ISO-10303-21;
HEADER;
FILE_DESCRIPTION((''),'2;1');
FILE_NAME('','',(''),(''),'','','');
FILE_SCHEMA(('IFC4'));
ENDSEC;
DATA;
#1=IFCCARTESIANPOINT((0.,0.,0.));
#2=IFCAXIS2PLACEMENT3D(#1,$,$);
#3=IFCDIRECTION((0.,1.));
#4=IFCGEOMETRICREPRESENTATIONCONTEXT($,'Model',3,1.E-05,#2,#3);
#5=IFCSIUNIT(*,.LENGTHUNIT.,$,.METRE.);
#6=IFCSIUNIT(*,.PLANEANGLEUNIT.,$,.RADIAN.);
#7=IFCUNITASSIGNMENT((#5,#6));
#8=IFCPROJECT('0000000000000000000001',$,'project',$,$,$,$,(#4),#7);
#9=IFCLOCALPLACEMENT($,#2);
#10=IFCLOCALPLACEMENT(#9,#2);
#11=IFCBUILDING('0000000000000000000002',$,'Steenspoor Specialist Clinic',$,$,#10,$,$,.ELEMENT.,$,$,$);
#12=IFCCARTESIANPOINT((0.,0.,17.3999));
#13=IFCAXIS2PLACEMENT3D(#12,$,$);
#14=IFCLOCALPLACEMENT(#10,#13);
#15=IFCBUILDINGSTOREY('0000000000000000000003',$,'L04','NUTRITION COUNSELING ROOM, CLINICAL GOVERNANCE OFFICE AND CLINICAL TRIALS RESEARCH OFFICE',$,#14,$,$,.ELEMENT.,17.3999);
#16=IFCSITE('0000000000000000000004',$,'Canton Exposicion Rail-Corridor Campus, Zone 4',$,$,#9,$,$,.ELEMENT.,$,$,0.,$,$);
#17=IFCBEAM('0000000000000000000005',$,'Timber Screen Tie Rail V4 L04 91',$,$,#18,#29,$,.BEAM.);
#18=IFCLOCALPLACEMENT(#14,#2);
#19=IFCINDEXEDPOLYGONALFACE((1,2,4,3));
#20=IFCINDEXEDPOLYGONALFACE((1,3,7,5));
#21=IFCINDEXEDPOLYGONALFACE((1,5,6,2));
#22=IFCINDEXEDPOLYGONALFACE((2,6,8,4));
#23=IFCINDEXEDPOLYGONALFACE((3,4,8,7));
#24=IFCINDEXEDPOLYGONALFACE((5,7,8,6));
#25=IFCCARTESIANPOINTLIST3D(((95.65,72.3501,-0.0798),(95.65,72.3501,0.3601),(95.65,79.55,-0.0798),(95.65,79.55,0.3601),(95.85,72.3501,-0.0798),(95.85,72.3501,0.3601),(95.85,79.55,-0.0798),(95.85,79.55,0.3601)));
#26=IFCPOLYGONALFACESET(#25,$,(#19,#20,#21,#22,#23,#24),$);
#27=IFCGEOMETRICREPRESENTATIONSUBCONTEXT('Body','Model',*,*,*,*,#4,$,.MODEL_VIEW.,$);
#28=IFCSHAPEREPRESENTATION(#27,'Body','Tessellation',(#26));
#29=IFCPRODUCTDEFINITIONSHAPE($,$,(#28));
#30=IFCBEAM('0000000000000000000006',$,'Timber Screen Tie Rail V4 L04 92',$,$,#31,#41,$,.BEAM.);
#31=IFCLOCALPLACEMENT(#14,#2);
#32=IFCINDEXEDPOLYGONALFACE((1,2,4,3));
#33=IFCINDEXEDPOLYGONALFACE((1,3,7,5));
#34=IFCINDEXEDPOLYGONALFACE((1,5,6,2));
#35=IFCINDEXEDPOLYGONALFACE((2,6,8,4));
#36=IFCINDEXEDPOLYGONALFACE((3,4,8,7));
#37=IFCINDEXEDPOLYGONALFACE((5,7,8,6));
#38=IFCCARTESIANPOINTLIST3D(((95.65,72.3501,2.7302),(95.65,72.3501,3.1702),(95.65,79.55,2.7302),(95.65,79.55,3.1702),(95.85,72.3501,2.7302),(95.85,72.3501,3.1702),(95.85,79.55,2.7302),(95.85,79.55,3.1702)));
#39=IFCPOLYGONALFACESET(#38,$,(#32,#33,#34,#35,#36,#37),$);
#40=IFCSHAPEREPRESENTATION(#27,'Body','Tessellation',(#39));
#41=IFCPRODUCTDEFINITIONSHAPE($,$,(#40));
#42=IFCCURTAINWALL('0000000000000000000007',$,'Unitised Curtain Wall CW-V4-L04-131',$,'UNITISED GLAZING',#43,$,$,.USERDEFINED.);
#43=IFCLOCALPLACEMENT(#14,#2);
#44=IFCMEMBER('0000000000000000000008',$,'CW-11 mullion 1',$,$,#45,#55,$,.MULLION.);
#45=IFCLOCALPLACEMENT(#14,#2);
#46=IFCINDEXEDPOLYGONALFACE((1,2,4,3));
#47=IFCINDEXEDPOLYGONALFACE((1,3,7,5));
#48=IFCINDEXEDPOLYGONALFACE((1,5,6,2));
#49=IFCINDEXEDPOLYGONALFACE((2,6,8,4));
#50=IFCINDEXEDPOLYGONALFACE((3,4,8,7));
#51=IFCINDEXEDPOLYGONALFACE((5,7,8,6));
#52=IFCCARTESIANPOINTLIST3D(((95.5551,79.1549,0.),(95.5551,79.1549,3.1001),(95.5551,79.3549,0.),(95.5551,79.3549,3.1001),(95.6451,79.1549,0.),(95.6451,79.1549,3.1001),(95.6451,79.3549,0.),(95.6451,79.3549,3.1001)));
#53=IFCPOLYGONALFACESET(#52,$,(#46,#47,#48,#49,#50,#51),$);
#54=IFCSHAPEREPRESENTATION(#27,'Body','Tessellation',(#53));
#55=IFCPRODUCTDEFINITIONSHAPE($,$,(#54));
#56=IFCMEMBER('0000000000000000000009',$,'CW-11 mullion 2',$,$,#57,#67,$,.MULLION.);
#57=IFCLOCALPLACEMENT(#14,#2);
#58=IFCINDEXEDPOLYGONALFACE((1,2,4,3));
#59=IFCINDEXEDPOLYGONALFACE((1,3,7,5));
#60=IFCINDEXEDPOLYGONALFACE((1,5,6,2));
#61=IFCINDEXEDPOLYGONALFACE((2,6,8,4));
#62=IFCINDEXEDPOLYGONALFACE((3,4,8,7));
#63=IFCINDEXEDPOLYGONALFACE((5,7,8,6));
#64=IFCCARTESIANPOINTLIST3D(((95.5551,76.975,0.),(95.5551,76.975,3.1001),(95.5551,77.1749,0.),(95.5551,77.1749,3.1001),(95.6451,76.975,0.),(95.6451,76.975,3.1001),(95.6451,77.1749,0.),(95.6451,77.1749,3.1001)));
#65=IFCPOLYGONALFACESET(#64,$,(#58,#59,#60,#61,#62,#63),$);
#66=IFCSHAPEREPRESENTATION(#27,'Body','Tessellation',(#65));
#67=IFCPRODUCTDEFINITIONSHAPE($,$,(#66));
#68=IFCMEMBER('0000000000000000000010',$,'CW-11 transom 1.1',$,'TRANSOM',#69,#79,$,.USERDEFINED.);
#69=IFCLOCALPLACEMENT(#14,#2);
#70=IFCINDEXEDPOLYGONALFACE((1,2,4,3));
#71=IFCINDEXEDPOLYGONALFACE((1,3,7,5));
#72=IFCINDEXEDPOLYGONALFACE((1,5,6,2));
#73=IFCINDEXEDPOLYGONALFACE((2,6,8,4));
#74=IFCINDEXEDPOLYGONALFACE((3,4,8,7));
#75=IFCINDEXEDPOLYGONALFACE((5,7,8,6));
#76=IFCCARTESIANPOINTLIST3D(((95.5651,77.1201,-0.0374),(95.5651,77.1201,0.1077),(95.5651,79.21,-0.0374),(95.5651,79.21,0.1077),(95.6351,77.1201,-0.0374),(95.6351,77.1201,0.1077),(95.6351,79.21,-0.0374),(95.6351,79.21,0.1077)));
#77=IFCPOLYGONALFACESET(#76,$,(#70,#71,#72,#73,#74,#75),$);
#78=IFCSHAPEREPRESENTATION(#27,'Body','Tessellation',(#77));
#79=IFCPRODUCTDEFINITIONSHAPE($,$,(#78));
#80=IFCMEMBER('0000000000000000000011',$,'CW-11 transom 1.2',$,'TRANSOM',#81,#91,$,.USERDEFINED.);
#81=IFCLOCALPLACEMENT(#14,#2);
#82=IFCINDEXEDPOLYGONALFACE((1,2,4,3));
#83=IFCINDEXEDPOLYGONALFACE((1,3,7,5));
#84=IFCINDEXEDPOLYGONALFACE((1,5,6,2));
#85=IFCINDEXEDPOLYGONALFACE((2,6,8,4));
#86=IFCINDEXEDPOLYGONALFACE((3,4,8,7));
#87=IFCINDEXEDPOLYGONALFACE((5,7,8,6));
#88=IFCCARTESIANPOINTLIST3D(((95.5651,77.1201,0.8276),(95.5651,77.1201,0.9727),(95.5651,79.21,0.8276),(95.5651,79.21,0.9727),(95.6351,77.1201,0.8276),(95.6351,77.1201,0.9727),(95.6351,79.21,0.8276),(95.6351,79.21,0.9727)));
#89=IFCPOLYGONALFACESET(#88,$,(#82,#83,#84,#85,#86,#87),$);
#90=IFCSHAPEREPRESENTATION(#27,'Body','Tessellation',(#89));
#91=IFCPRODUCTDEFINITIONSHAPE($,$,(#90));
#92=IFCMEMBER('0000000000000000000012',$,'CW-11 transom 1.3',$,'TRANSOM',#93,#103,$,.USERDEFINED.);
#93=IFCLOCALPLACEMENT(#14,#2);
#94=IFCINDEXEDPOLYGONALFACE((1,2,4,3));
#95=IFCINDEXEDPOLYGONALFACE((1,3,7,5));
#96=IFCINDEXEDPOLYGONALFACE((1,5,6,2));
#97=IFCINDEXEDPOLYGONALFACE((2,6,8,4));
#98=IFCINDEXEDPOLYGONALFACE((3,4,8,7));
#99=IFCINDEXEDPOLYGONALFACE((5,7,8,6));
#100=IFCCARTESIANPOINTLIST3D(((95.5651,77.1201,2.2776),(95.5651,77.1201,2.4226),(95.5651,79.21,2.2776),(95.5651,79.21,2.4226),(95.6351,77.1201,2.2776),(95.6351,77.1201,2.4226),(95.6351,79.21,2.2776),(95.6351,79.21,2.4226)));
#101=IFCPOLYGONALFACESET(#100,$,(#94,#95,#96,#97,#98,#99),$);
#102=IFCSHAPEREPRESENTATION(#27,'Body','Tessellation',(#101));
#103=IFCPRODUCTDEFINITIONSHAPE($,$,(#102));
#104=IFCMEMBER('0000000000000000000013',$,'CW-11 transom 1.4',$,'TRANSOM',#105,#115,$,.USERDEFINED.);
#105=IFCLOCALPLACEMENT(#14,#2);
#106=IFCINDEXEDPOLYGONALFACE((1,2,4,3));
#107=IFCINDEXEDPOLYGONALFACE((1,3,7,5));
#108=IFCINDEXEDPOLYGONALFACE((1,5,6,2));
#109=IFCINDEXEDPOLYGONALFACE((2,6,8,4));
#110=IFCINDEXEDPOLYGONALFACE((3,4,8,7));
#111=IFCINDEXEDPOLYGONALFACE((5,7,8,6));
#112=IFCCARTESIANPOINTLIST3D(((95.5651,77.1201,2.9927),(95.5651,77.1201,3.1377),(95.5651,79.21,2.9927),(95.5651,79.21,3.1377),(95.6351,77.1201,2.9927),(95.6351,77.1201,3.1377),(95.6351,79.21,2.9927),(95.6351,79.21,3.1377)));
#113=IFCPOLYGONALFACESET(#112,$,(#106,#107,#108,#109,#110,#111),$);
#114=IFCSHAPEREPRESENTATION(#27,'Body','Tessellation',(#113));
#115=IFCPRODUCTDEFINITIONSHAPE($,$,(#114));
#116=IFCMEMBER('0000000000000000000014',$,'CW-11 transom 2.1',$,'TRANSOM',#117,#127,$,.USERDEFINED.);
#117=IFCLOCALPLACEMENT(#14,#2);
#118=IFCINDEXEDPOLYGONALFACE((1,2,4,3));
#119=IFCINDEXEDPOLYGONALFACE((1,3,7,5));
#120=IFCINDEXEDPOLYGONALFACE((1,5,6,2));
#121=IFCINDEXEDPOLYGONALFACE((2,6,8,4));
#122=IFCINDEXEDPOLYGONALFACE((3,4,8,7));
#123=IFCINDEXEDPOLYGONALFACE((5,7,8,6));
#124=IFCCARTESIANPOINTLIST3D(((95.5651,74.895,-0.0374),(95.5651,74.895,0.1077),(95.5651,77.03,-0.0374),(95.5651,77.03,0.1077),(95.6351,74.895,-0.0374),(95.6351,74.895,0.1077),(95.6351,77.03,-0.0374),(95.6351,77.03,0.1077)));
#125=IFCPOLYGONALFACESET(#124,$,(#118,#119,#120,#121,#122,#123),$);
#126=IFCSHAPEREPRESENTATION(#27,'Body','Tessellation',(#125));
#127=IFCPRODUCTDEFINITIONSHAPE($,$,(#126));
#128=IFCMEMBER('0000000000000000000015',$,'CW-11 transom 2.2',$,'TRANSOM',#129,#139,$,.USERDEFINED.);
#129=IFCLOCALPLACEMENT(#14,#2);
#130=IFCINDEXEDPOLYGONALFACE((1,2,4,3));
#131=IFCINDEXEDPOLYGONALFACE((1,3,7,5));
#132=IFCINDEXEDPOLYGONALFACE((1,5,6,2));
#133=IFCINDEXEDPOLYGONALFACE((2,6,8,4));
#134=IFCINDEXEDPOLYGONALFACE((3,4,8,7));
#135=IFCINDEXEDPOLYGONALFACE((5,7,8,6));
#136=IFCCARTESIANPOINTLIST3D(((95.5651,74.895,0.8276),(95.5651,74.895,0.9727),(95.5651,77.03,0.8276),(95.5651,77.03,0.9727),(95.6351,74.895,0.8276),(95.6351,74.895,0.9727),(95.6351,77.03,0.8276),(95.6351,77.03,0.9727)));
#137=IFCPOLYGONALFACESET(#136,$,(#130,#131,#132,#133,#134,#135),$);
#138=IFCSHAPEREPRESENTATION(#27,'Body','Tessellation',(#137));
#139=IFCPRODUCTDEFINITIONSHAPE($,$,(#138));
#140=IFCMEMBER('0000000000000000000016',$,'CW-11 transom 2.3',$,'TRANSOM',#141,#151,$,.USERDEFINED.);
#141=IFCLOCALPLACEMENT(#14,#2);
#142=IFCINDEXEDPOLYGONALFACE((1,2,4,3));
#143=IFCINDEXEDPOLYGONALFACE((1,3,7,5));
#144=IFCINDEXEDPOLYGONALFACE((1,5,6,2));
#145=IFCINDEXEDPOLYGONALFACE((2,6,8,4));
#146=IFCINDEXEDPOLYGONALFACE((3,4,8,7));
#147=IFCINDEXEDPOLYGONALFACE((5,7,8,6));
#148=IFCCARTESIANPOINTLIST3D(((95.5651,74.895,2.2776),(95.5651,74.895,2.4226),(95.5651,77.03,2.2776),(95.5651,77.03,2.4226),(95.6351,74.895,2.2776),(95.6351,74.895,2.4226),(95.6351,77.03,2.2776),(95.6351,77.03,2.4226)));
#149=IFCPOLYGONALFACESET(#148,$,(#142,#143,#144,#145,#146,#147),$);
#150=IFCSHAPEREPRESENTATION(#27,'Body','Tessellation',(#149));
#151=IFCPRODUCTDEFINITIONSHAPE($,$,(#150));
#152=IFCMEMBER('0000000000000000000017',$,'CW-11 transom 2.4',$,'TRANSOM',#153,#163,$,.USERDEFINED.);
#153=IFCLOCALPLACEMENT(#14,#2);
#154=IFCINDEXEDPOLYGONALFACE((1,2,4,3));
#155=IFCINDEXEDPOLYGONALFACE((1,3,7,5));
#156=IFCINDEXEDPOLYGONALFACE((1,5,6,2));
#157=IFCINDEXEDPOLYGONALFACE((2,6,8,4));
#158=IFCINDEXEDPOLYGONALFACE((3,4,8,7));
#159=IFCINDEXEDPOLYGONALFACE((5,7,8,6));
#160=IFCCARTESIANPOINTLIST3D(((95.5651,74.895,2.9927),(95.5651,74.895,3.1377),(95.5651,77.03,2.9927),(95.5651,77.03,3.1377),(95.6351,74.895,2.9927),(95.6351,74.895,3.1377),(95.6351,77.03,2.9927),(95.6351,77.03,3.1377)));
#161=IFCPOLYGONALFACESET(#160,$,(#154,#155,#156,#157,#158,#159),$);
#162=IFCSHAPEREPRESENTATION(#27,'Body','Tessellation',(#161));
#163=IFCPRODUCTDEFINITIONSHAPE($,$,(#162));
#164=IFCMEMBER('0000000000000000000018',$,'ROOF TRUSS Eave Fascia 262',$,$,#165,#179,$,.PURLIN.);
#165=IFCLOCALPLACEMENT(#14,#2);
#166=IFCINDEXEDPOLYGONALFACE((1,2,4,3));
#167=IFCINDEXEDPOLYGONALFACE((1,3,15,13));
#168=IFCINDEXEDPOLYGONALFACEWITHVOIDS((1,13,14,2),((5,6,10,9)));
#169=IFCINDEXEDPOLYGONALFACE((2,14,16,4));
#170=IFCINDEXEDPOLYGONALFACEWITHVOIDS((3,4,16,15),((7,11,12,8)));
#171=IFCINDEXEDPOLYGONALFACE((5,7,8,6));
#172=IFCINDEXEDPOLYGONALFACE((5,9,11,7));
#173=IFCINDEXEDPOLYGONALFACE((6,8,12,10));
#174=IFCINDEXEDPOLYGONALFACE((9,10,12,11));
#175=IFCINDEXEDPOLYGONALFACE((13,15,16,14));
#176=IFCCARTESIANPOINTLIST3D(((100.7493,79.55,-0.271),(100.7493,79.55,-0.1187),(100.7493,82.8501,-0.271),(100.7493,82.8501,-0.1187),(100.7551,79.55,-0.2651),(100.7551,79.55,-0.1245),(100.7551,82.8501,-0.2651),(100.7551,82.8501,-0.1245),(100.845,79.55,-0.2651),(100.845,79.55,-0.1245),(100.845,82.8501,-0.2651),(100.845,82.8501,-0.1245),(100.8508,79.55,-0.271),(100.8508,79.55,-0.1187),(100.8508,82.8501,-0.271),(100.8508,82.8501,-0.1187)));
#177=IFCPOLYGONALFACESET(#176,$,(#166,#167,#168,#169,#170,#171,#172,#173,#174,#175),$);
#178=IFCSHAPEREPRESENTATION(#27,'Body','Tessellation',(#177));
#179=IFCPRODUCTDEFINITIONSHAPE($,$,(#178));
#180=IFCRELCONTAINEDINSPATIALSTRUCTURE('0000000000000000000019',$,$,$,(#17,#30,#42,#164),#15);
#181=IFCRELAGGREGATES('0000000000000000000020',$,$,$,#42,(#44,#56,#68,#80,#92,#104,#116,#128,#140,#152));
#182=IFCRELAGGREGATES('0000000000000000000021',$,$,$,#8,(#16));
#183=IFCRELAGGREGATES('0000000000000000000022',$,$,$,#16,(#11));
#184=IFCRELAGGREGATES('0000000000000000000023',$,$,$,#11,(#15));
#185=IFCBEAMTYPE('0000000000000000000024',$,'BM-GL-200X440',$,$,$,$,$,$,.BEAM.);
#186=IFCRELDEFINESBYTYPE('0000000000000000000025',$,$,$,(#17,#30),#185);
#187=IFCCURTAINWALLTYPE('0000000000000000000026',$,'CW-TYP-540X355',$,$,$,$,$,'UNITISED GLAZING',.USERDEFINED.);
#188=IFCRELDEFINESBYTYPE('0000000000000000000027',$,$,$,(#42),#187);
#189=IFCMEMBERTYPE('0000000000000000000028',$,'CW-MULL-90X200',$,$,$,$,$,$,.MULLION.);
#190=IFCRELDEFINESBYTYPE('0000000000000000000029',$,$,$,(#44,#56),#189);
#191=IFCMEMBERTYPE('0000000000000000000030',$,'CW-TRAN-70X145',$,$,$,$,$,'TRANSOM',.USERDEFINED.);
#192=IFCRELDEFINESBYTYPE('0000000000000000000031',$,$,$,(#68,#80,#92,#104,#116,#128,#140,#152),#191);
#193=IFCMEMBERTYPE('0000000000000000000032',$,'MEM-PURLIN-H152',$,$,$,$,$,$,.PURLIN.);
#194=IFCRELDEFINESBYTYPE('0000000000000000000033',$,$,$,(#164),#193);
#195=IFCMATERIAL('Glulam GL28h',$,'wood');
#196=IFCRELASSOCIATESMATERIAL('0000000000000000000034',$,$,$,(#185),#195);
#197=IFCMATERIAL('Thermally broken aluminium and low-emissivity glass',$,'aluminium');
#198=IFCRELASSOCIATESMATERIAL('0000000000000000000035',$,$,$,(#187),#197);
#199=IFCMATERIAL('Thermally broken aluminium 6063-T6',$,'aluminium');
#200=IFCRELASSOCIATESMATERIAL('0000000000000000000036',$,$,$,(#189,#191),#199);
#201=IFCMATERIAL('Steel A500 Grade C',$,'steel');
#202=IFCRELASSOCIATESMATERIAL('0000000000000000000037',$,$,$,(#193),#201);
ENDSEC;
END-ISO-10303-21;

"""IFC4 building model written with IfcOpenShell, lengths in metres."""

from ifc_helpers import new_model, si_unit, direction, frame, origin, origin_2d, place, context, subcontext, project, spatial, rectangle, hollow_rectangle, extrude, material, material_profile, profile_set, type_object, element, aggregate, save


model = new_model("IFC4")

# Units and contexts
model_context = context("Model", 3, precision=1e-05, world=origin(), true_north=direction((0.0, 1.0)))
body_context = subcontext(model_context, "Body", "Model", "MODEL_VIEW")
ifc_project = project(units=[si_unit("LENGTHUNIT", "METRE"), si_unit("PLANEANGLEUNIT", "RADIAN")], contexts=[model_context])

# Site, building, storey
site_placement = place(None, origin())
site = spatial("IfcSite", under=ifc_project, at=site_placement, Name="Canton Exposicion Rail-Corridor Campus, Zone 4", CompositionType="ELEMENT", RefElevation=0.0)
building_placement = place(site_placement, origin())
building = spatial("IfcBuilding", under=site, at=building_placement, Name="Steenspoor Specialist Clinic", CompositionType="ELEMENT")
storey_placement = place(building_placement, frame((0.0, 0.0, 17.3999)))
storey = spatial("IfcBuildingStorey", under=building, at=storey_placement, Name="L04", Description="NUTRITION COUNSELING ROOM, CLINICAL GOVERNANCE OFFICE AND CLINICAL TRIALS RESEARCH OFFICE", CompositionType="ELEMENT", Elevation=17.3999)

# Beams
ifc_material_1 = material(Name="Glulam GL28h", Category="wood")
ifc_material_profile_1 = material_profile(ifc_material_1, rectangle(XDim=0.2, YDim=0.4399, at=origin_2d()), Name="GL28H-200X440")
ifc_profile_set_1 = profile_set([ifc_material_profile_1], Name="Glulam GL28h")
beam_type = type_object("IfcBeamType", Name="BM-GL-200X440", PredefinedType="BEAM", material=ifc_profile_set_1)
for number, where, z_axis, x_axis, name in (
    (1, (95.75, 79.55, 0.1401), (0.0, -1.0, 0.0), (1.0, 0.0, 0.0), "Timber Screen Tie Rail V4 L04 91"),
    (2, (95.75, 79.55, 2.9502), (0.0, -1.0, 0.0), (1.0, 0.0, 0.0), "Timber Screen Tie Rail V4 L04 92"),
):
    element("IfcBeam", number, at=place(storey_placement, frame(where, z_axis=z_axis, x_axis=x_axis)), inside=storey, type_object=beam_type, Name=name, PredefinedType="BEAM", context=body_context, shape_type="SweptSolid", body=[
        extrude(rectangle(XDim=0.2, YDim=0.4399, at=origin_2d()), origin(), (0.0, 0.0, 1.0), 7.2),
    ])

# Curtain wall, members
ifc_material_2 = material(Name="Thermally broken aluminium and low-emissivity glass", Category="aluminium")
curtain_wall_type = type_object("IfcCurtainWallType", Name="CW-TYP-540X355", ElementType="UNITISED GLAZING", PredefinedType="USERDEFINED", material=ifc_material_2)
curtain_wall_placement = place(storey_placement, origin())
curtain_wall = element("IfcCurtainWall", 3, at=curtain_wall_placement, inside=storey, type_object=curtain_wall_type, Name="Unitised Curtain Wall CW-V4-L04-131", ObjectType="UNITISED GLAZING", PredefinedType="USERDEFINED")
ifc_material_3 = material(Name="Thermally broken aluminium 6063-T6", Category="aluminium")
ifc_material_profile_2 = material_profile(ifc_material_3, rectangle(XDim=0.0901, YDim=0.2, at=origin_2d()), Name="CWM-90X200")
ifc_profile_set_2 = profile_set([ifc_material_profile_2], Name="Thermally broken aluminium 6063-T6")
member_type_1 = type_object("IfcMemberType", Name="CW-MULL-90X200", PredefinedType="MULLION", material=ifc_profile_set_2)
member_1_placement = place(storey_placement, frame((95.6001, 79.2549, 0.0), z_axis=(0.0, 0.0, 1.0), x_axis=(1.0, 0.0, 0.0)))
member_1 = element("IfcMember", 4, at=member_1_placement, type_object=member_type_1, Name="CW-11 mullion 1", PredefinedType="MULLION", context=body_context, shape_type="SweptSolid", body=[
    extrude(rectangle(XDim=0.0901, YDim=0.2, at=origin_2d()), origin(), (0.0, 0.0, 1.0), 3.1001),
])
member_2_placement = place(storey_placement, frame((95.6001, 77.075, 0.0), z_axis=(0.0, 0.0, 1.0), x_axis=(1.0, 0.0, 0.0)))
member_2 = element("IfcMember", 5, at=member_2_placement, type_object=member_type_1, Name="CW-11 mullion 2", PredefinedType="MULLION", context=body_context, shape_type="SweptSolid", body=[
    extrude(rectangle(XDim=0.0901, YDim=0.2, at=origin_2d()), origin(), (0.0, 0.0, 1.0), 3.1001),
])
ifc_material_profile_3 = material_profile(ifc_material_3, rectangle(XDim=0.0701, YDim=0.145, at=origin_2d()), Name="CWT-70X145")
ifc_profile_set_3 = profile_set([ifc_material_profile_3], Name="Thermally broken aluminium 6063-T6")
member_type_2 = type_object("IfcMemberType", Name="CW-TRAN-70X145", ElementType="TRANSOM", PredefinedType="USERDEFINED", material=ifc_profile_set_3)
member_3_placement = place(storey_placement, frame((95.6001, 79.21, 0.0352), z_axis=(0.0, -1.0, 0.0), x_axis=(1.0, 0.0, 0.0)))
member_3 = element("IfcMember", 6, at=member_3_placement, type_object=member_type_2, Name="CW-11 transom 1.1", ObjectType="TRANSOM", PredefinedType="USERDEFINED", context=body_context, shape_type="SweptSolid", body=[
    extrude(rectangle(XDim=0.0701, YDim=0.145, at=origin_2d()), origin(), (0.0, 0.0, 1.0), 2.0898),
])
member_4_placement = place(storey_placement, frame((95.6001, 79.21, 0.9001), z_axis=(0.0, -1.0, 0.0), x_axis=(1.0, 0.0, 0.0)))
member_4 = element("IfcMember", 7, at=member_4_placement, type_object=member_type_2, Name="CW-11 transom 1.2", ObjectType="TRANSOM", PredefinedType="USERDEFINED", context=body_context, shape_type="SweptSolid", body=[
    extrude(rectangle(XDim=0.0701, YDim=0.145, at=origin_2d()), origin(), (0.0, 0.0, 1.0), 2.0898),
])
member_5_placement = place(storey_placement, frame((95.6001, 79.21, 2.3501), z_axis=(0.0, -1.0, 0.0), x_axis=(1.0, 0.0, 0.0)))
member_5 = element("IfcMember", 8, at=member_5_placement, type_object=member_type_2, Name="CW-11 transom 1.3", ObjectType="TRANSOM", PredefinedType="USERDEFINED", context=body_context, shape_type="SweptSolid", body=[
    extrude(rectangle(XDim=0.0701, YDim=0.145, at=origin_2d()), origin(), (0.0, 0.0, 1.0), 2.0898),
])
member_6_placement = place(storey_placement, frame((95.6001, 79.21, 3.0652), z_axis=(0.0, -1.0, 0.0), x_axis=(1.0, 0.0, 0.0)))
member_6 = element("IfcMember", 9, at=member_6_placement, type_object=member_type_2, Name="CW-11 transom 1.4", ObjectType="TRANSOM", PredefinedType="USERDEFINED", context=body_context, shape_type="SweptSolid", body=[
    extrude(rectangle(XDim=0.0701, YDim=0.145, at=origin_2d()), origin(), (0.0, 0.0, 1.0), 2.0898),
])
member_7_placement = place(storey_placement, frame((95.6001, 77.03, 0.0352), z_axis=(0.0, -1.0, 0.0), x_axis=(1.0, 0.0, 0.0)))
member_7 = element("IfcMember", 10, at=member_7_placement, type_object=member_type_2, Name="CW-11 transom 2.1", ObjectType="TRANSOM", PredefinedType="USERDEFINED", context=body_context, shape_type="SweptSolid", body=[
    extrude(rectangle(XDim=0.0701, YDim=0.145, at=origin_2d()), origin(), (0.0, 0.0, 1.0), 2.135),
])
member_8_placement = place(storey_placement, frame((95.6001, 77.03, 0.9001), z_axis=(0.0, -1.0, 0.0), x_axis=(1.0, 0.0, 0.0)))
member_8 = element("IfcMember", 11, at=member_8_placement, type_object=member_type_2, Name="CW-11 transom 2.2", ObjectType="TRANSOM", PredefinedType="USERDEFINED", context=body_context, shape_type="SweptSolid", body=[
    extrude(rectangle(XDim=0.0701, YDim=0.145, at=origin_2d()), origin(), (0.0, 0.0, 1.0), 2.135),
])
member_9_placement = place(storey_placement, frame((95.6001, 77.03, 2.3501), z_axis=(0.0, -1.0, 0.0), x_axis=(1.0, 0.0, 0.0)))
member_9 = element("IfcMember", 12, at=member_9_placement, type_object=member_type_2, Name="CW-11 transom 2.3", ObjectType="TRANSOM", PredefinedType="USERDEFINED", context=body_context, shape_type="SweptSolid", body=[
    extrude(rectangle(XDim=0.0701, YDim=0.145, at=origin_2d()), origin(), (0.0, 0.0, 1.0), 2.135),
])
member_10_placement = place(storey_placement, frame((95.6001, 77.03, 3.0652), z_axis=(0.0, -1.0, 0.0), x_axis=(1.0, 0.0, 0.0)))
member_10 = element("IfcMember", 13, at=member_10_placement, type_object=member_type_2, Name="CW-11 transom 2.4", ObjectType="TRANSOM", PredefinedType="USERDEFINED", context=body_context, shape_type="SweptSolid", body=[
    extrude(rectangle(XDim=0.0701, YDim=0.145, at=origin_2d()), origin(), (0.0, 0.0, 1.0), 2.135),
])

# Member
ifc_material_4 = material(Name="Steel A500 Grade C", Category="steel")
ifc_material_profile_4 = material_profile(ifc_material_4, hollow_rectangle(XDim=0.1016, YDim=0.1523, WallThickness=0.0059, at=origin_2d()), Name="HSS152X102X6.4")
ifc_profile_set_4 = profile_set([ifc_material_profile_4], Name="Steel A500 Grade C")
member_type_3 = type_object("IfcMemberType", Name="MEM-PURLIN-H152", PredefinedType="PURLIN", material=ifc_profile_set_4)
member_11_placement = place(storey_placement, frame((100.8, 79.55, -0.1948), z_axis=(0.0, 1.0, 0.0), x_axis=(-1.0, 0.0, 0.0)))
element("IfcMember", 14, at=member_11_placement, inside=storey, type_object=member_type_3, Name="ROOF TRUSS Eave Fascia 262", PredefinedType="PURLIN", context=body_context, shape_type="SweptSolid", body=[
    extrude(hollow_rectangle(XDim=0.1016, YDim=0.1523, WallThickness=0.0059, at=origin_2d()), origin(), (0.0, 0.0, 1.0), 3.3),
])

aggregate(curtain_wall, [member_1, member_2, member_3, member_4, member_5, member_6, member_7, member_8, member_9, member_10])

save(model, "model.ifc")
